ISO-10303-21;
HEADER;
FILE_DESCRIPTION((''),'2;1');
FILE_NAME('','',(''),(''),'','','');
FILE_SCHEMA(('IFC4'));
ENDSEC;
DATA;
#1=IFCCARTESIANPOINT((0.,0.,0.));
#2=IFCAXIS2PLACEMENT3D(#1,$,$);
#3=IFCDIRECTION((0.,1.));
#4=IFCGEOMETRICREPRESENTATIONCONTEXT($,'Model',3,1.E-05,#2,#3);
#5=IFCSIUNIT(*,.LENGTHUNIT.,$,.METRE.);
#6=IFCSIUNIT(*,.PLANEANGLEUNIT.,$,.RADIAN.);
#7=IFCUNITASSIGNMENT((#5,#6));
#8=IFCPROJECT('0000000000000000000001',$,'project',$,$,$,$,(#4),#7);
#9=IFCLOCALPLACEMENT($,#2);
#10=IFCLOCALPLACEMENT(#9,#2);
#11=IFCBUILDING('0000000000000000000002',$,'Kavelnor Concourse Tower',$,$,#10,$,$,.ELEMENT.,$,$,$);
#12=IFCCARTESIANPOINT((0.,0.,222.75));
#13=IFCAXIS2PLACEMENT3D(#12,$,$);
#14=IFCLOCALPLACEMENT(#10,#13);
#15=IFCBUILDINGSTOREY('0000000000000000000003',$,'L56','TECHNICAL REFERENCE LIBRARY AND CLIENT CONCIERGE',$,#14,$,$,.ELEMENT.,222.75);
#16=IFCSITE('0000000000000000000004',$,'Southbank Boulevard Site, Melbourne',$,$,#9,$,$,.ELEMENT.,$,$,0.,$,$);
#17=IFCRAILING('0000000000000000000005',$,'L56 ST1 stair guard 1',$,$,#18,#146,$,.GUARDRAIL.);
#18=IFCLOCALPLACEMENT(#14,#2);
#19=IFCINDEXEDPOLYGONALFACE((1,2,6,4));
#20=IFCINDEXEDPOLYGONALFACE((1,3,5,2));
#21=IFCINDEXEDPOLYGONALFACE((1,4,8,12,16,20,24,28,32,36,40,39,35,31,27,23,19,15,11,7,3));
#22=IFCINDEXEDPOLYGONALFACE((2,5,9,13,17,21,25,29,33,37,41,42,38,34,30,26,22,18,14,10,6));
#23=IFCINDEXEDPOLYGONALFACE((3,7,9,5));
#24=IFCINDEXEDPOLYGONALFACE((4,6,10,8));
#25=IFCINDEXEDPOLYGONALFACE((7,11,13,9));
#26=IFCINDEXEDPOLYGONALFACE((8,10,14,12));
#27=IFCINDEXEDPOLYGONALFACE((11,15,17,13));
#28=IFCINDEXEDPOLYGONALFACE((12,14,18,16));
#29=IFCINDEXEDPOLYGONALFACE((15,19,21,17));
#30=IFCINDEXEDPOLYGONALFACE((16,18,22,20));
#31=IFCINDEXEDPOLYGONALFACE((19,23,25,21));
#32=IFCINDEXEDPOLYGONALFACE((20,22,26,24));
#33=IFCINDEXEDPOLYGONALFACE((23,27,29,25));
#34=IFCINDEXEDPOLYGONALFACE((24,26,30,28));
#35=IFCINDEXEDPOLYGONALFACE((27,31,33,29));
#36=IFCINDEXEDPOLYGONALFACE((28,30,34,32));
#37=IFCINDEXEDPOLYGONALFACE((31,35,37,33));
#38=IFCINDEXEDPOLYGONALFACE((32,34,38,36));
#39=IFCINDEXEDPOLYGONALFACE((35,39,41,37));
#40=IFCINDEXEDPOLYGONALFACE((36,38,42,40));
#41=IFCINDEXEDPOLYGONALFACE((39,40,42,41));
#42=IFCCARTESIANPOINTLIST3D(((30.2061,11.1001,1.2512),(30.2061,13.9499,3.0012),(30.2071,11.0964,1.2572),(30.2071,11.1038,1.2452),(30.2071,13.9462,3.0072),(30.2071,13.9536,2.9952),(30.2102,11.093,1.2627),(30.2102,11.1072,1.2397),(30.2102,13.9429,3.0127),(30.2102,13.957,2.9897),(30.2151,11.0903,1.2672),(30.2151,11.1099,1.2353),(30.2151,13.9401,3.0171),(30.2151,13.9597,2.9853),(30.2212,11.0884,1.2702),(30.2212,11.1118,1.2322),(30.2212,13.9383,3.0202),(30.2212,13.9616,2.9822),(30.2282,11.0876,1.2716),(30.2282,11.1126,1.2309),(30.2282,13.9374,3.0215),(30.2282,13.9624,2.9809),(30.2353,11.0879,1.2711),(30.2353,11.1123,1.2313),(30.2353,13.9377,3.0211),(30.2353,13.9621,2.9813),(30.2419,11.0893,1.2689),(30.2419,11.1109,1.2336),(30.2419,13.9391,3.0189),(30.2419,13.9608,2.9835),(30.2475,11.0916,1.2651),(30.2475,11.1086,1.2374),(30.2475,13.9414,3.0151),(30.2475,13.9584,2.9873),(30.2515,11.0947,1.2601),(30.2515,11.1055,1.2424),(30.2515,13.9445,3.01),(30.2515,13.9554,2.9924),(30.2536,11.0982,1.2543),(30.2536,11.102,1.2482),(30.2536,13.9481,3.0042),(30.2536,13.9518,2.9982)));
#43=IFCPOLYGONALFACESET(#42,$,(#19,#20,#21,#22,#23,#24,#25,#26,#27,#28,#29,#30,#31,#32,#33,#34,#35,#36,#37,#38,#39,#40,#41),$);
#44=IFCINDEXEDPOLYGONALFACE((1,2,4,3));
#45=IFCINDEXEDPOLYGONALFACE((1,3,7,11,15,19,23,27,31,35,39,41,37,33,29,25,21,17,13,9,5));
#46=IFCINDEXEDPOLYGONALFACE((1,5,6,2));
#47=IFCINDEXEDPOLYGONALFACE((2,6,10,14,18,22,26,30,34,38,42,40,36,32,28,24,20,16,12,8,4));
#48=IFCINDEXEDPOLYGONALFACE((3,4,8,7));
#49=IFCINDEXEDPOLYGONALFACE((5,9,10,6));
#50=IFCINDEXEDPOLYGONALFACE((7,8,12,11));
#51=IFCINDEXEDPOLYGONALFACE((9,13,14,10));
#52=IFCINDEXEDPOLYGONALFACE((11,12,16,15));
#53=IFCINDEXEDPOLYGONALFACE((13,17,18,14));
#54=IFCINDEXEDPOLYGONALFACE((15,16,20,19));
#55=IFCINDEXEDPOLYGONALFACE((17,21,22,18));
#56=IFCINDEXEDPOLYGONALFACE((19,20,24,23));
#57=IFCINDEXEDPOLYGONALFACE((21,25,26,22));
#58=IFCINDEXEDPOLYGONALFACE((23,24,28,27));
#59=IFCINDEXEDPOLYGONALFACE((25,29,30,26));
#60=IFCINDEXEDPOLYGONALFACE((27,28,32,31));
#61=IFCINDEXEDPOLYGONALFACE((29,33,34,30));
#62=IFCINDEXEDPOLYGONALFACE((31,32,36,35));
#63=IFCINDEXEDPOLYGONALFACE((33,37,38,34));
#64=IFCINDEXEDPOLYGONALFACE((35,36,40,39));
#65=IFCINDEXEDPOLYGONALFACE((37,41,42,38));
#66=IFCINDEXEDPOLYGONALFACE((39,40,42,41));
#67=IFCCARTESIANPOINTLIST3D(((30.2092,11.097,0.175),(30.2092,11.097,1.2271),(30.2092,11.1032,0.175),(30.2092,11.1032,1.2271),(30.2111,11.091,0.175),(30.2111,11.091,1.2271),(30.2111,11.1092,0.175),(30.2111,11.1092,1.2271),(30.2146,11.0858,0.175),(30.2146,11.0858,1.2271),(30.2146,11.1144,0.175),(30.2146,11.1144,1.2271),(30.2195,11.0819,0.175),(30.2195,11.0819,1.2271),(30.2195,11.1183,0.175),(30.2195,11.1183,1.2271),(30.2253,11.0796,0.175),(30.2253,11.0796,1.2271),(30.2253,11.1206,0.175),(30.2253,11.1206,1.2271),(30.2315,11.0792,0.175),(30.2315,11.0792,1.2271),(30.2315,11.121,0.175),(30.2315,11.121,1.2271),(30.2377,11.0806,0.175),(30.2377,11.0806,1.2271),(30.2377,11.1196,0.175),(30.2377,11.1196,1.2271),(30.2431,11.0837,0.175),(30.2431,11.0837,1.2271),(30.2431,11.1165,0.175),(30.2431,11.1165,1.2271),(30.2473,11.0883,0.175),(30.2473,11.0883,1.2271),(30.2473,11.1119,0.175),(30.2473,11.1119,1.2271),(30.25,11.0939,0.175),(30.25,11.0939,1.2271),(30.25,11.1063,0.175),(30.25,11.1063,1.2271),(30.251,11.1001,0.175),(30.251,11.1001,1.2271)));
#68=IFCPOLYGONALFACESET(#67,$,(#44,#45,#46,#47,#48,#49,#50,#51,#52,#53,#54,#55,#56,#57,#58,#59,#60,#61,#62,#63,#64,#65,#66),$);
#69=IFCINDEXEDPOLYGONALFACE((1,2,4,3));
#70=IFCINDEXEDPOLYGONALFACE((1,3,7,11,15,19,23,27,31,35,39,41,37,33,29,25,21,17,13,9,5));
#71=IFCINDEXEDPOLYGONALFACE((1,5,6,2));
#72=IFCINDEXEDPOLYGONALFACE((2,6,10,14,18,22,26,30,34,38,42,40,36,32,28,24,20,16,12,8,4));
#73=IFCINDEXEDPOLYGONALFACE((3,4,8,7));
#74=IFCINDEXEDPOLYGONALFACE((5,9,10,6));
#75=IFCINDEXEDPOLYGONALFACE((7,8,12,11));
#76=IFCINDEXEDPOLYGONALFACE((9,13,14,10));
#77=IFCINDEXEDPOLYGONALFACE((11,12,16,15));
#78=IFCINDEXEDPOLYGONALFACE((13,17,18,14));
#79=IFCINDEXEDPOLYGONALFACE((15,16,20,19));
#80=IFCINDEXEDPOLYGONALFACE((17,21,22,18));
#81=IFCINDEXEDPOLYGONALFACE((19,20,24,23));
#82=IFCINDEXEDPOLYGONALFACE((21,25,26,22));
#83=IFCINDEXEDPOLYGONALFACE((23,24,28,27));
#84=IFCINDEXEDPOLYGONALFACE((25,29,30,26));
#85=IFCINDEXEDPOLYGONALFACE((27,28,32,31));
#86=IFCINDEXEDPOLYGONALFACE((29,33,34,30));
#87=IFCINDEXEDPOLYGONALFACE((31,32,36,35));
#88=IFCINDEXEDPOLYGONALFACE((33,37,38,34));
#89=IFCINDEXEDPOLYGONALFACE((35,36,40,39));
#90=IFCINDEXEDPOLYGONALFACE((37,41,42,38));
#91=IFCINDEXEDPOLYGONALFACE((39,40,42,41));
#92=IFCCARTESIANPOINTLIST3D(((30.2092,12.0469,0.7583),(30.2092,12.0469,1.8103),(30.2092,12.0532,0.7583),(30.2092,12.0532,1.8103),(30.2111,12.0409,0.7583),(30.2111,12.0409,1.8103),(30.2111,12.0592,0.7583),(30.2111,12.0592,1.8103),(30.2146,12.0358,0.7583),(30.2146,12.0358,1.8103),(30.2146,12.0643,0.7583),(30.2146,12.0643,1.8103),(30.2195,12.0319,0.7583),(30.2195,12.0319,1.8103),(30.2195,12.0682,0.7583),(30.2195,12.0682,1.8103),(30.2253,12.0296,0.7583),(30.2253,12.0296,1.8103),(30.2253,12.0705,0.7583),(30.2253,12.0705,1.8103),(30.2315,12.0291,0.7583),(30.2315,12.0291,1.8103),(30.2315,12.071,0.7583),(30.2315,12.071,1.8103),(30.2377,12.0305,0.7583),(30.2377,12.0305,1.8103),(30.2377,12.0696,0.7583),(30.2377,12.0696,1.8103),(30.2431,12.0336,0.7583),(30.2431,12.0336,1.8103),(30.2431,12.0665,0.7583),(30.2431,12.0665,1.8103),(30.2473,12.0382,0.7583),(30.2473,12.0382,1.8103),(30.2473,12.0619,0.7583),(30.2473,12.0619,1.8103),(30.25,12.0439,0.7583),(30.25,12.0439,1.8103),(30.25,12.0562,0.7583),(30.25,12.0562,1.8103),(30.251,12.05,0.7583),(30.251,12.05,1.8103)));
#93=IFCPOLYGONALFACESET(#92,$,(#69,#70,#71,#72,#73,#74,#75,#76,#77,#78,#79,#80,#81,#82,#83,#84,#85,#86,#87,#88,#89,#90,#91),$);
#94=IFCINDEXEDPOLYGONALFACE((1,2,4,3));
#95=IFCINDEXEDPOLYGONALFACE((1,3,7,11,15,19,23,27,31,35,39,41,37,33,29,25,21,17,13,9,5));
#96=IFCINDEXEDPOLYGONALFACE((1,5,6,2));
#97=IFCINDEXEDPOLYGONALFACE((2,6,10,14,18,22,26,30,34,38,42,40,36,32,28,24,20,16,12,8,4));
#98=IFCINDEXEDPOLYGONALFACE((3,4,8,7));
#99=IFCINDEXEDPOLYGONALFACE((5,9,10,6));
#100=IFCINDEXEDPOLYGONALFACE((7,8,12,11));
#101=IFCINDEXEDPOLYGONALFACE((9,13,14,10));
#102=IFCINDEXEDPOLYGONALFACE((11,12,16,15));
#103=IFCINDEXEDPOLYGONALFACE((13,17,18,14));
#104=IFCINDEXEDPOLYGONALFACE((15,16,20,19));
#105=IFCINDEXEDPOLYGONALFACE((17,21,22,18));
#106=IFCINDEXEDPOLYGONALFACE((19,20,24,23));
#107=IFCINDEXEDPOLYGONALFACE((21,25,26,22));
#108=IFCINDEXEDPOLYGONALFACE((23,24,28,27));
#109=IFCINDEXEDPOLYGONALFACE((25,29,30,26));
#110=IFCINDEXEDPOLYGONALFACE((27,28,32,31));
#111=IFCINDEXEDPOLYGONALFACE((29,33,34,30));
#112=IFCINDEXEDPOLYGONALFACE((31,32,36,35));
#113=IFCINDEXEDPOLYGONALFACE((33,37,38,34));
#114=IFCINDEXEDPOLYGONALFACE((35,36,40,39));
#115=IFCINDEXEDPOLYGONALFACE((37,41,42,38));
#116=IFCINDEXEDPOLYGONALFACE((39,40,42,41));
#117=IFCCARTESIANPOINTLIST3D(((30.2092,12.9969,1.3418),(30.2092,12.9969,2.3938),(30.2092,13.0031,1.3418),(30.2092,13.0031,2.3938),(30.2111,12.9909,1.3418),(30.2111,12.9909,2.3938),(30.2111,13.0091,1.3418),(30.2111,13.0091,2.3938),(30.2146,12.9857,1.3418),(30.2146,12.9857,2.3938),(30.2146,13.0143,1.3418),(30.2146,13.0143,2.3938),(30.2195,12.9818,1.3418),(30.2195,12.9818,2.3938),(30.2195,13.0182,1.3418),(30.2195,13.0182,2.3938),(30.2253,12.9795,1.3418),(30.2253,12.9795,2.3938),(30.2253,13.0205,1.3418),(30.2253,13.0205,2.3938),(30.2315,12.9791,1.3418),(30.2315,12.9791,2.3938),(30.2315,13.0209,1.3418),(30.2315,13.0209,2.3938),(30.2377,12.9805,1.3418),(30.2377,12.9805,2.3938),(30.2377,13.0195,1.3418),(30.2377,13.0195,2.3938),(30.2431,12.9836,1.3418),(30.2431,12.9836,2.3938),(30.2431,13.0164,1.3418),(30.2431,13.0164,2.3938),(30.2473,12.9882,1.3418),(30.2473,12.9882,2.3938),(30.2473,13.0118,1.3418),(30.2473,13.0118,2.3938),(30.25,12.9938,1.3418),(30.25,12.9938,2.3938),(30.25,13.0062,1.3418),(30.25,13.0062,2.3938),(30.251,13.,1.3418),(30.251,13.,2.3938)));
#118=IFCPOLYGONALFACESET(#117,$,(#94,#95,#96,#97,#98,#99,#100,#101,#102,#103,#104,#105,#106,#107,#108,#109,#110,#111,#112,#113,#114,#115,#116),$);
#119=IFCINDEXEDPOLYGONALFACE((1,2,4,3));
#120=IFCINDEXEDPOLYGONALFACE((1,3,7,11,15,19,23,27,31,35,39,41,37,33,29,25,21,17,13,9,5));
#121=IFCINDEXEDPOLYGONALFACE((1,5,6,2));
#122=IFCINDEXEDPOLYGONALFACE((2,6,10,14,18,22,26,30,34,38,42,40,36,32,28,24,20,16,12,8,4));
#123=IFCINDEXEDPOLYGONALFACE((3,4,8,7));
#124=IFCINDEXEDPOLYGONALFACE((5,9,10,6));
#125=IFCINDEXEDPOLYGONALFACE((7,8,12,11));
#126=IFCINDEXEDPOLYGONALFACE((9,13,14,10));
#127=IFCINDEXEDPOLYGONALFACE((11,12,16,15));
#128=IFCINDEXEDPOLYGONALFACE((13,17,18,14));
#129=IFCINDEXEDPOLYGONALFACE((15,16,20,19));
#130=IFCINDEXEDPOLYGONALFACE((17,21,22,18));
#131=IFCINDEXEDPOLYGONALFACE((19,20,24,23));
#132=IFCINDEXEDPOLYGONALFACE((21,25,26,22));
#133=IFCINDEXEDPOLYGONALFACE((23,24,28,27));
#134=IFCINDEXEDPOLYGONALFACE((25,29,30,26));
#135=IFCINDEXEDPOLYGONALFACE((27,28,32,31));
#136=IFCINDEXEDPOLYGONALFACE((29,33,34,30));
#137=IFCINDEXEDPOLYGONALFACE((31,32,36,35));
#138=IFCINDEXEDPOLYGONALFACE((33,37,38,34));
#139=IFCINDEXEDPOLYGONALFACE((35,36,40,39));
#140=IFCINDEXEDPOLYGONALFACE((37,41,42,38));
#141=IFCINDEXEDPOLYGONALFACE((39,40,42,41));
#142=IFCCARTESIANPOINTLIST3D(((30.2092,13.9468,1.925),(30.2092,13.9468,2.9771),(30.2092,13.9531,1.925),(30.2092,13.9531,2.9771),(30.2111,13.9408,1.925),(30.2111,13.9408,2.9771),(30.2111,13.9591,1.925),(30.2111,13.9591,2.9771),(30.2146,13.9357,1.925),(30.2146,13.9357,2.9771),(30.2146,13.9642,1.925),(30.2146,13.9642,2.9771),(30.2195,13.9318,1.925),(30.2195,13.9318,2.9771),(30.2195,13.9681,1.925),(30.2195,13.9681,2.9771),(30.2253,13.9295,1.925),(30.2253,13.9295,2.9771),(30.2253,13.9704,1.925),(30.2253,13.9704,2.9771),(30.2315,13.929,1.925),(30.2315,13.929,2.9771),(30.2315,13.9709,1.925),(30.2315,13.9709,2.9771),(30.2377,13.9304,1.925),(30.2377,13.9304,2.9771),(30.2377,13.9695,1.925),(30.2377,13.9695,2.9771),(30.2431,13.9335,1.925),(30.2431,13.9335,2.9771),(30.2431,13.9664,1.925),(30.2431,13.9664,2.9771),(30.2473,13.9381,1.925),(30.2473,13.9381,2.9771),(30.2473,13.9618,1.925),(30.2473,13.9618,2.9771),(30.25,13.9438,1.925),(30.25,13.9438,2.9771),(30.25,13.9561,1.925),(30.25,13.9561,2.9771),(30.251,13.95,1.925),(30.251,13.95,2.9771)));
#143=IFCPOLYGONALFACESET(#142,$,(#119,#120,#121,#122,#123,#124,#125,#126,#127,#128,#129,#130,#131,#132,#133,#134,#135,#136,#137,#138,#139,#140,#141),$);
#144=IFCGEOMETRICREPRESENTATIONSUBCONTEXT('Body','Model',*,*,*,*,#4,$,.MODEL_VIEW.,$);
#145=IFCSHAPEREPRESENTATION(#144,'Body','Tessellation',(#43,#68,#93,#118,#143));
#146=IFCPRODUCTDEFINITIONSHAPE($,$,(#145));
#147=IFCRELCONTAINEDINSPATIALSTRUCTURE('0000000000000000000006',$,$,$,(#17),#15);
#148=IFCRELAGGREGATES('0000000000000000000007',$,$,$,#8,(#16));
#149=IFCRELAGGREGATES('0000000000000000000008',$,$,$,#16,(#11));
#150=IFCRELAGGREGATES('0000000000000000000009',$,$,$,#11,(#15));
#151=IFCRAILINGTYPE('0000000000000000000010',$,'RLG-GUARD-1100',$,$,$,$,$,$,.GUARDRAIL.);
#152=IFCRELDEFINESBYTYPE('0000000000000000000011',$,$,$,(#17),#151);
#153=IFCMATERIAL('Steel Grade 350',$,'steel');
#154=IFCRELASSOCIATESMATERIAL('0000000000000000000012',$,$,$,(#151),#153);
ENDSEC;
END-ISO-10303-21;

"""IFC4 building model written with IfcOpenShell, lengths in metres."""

from ifc_helpers import new_model, si_unit, direction, frame, origin, origin_2d, place, context, subcontext, project, spatial, circle, extrude, material, type_object, element, save


model = new_model("IFC4")

# Units and contexts
model_context = context("Model", 3, precision=1e-05, world=origin(), true_north=direction((0.0, 1.0)))
body_context = subcontext(model_context, "Body", "Model", "MODEL_VIEW")
ifc_project = project(units=[si_unit("LENGTHUNIT", "METRE"), si_unit("PLANEANGLEUNIT", "RADIAN")], contexts=[model_context])

# Site, building, storey
site_placement = place(None, origin())
site = spatial("IfcSite", under=ifc_project, at=site_placement, Name="Southbank Boulevard Site, Melbourne", CompositionType="ELEMENT", RefElevation=0.0)
building_placement = place(site_placement, origin())
building = spatial("IfcBuilding", under=site, at=building_placement, Name="Kavelnor Concourse Tower", CompositionType="ELEMENT")
storey_placement = place(building_placement, frame((0.0, 0.0, 222.75)))
storey = spatial("IfcBuildingStorey", under=building, at=storey_placement, Name="L56", Description="TECHNICAL REFERENCE LIBRARY AND CLIENT CONCIERGE", CompositionType="ELEMENT", Elevation=222.75)

# Shared definitions
ifc_material_1 = material(Name="Steel Grade 350", Category="steel")

# Railing
railing_type_1 = type_object("IfcRailingType", Name="RLG-GUARD-1100", PredefinedType="GUARDRAIL", material=ifc_material_1)
railing_1_placement = place(storey_placement, frame((30.23, 11.1001, 0.175)))
element("IfcRailing", 1, at=railing_1_placement, inside=storey, type_object=railing_type_1, Name="L56 ST1 stair guard 1", PredefinedType="GUARDRAIL", context=body_context, shape_type="SweptSolid", body=[
    extrude(circle(Radius=0.0239, at=origin_2d()), frame((0.0, 0.0, 1.0762), z_axis=(0.0, 0.852159, 0.523283), x_axis=(-1.0, 0.0, 0.0)), (0.0, 0.0, 1.0), 3.3442),
    extrude(circle(Radius=0.021, at=origin_2d()), origin(), (0.0, 0.0, 1.0), 1.052),
    extrude(circle(Radius=0.021, at=origin_2d()), frame((0.0, 0.95, 0.5833)), (0.0, 0.0, 1.0), 1.052),
    extrude(circle(Radius=0.021, at=origin_2d()), frame((0.0, 1.8999, 1.1667)), (0.0, 0.0, 1.0), 1.052),
    extrude(circle(Radius=0.021, at=origin_2d()), frame((0.0, 2.8499, 1.75)), (0.0, 0.0, 1.0), 1.052),
])

save(model, "model.ifc")
